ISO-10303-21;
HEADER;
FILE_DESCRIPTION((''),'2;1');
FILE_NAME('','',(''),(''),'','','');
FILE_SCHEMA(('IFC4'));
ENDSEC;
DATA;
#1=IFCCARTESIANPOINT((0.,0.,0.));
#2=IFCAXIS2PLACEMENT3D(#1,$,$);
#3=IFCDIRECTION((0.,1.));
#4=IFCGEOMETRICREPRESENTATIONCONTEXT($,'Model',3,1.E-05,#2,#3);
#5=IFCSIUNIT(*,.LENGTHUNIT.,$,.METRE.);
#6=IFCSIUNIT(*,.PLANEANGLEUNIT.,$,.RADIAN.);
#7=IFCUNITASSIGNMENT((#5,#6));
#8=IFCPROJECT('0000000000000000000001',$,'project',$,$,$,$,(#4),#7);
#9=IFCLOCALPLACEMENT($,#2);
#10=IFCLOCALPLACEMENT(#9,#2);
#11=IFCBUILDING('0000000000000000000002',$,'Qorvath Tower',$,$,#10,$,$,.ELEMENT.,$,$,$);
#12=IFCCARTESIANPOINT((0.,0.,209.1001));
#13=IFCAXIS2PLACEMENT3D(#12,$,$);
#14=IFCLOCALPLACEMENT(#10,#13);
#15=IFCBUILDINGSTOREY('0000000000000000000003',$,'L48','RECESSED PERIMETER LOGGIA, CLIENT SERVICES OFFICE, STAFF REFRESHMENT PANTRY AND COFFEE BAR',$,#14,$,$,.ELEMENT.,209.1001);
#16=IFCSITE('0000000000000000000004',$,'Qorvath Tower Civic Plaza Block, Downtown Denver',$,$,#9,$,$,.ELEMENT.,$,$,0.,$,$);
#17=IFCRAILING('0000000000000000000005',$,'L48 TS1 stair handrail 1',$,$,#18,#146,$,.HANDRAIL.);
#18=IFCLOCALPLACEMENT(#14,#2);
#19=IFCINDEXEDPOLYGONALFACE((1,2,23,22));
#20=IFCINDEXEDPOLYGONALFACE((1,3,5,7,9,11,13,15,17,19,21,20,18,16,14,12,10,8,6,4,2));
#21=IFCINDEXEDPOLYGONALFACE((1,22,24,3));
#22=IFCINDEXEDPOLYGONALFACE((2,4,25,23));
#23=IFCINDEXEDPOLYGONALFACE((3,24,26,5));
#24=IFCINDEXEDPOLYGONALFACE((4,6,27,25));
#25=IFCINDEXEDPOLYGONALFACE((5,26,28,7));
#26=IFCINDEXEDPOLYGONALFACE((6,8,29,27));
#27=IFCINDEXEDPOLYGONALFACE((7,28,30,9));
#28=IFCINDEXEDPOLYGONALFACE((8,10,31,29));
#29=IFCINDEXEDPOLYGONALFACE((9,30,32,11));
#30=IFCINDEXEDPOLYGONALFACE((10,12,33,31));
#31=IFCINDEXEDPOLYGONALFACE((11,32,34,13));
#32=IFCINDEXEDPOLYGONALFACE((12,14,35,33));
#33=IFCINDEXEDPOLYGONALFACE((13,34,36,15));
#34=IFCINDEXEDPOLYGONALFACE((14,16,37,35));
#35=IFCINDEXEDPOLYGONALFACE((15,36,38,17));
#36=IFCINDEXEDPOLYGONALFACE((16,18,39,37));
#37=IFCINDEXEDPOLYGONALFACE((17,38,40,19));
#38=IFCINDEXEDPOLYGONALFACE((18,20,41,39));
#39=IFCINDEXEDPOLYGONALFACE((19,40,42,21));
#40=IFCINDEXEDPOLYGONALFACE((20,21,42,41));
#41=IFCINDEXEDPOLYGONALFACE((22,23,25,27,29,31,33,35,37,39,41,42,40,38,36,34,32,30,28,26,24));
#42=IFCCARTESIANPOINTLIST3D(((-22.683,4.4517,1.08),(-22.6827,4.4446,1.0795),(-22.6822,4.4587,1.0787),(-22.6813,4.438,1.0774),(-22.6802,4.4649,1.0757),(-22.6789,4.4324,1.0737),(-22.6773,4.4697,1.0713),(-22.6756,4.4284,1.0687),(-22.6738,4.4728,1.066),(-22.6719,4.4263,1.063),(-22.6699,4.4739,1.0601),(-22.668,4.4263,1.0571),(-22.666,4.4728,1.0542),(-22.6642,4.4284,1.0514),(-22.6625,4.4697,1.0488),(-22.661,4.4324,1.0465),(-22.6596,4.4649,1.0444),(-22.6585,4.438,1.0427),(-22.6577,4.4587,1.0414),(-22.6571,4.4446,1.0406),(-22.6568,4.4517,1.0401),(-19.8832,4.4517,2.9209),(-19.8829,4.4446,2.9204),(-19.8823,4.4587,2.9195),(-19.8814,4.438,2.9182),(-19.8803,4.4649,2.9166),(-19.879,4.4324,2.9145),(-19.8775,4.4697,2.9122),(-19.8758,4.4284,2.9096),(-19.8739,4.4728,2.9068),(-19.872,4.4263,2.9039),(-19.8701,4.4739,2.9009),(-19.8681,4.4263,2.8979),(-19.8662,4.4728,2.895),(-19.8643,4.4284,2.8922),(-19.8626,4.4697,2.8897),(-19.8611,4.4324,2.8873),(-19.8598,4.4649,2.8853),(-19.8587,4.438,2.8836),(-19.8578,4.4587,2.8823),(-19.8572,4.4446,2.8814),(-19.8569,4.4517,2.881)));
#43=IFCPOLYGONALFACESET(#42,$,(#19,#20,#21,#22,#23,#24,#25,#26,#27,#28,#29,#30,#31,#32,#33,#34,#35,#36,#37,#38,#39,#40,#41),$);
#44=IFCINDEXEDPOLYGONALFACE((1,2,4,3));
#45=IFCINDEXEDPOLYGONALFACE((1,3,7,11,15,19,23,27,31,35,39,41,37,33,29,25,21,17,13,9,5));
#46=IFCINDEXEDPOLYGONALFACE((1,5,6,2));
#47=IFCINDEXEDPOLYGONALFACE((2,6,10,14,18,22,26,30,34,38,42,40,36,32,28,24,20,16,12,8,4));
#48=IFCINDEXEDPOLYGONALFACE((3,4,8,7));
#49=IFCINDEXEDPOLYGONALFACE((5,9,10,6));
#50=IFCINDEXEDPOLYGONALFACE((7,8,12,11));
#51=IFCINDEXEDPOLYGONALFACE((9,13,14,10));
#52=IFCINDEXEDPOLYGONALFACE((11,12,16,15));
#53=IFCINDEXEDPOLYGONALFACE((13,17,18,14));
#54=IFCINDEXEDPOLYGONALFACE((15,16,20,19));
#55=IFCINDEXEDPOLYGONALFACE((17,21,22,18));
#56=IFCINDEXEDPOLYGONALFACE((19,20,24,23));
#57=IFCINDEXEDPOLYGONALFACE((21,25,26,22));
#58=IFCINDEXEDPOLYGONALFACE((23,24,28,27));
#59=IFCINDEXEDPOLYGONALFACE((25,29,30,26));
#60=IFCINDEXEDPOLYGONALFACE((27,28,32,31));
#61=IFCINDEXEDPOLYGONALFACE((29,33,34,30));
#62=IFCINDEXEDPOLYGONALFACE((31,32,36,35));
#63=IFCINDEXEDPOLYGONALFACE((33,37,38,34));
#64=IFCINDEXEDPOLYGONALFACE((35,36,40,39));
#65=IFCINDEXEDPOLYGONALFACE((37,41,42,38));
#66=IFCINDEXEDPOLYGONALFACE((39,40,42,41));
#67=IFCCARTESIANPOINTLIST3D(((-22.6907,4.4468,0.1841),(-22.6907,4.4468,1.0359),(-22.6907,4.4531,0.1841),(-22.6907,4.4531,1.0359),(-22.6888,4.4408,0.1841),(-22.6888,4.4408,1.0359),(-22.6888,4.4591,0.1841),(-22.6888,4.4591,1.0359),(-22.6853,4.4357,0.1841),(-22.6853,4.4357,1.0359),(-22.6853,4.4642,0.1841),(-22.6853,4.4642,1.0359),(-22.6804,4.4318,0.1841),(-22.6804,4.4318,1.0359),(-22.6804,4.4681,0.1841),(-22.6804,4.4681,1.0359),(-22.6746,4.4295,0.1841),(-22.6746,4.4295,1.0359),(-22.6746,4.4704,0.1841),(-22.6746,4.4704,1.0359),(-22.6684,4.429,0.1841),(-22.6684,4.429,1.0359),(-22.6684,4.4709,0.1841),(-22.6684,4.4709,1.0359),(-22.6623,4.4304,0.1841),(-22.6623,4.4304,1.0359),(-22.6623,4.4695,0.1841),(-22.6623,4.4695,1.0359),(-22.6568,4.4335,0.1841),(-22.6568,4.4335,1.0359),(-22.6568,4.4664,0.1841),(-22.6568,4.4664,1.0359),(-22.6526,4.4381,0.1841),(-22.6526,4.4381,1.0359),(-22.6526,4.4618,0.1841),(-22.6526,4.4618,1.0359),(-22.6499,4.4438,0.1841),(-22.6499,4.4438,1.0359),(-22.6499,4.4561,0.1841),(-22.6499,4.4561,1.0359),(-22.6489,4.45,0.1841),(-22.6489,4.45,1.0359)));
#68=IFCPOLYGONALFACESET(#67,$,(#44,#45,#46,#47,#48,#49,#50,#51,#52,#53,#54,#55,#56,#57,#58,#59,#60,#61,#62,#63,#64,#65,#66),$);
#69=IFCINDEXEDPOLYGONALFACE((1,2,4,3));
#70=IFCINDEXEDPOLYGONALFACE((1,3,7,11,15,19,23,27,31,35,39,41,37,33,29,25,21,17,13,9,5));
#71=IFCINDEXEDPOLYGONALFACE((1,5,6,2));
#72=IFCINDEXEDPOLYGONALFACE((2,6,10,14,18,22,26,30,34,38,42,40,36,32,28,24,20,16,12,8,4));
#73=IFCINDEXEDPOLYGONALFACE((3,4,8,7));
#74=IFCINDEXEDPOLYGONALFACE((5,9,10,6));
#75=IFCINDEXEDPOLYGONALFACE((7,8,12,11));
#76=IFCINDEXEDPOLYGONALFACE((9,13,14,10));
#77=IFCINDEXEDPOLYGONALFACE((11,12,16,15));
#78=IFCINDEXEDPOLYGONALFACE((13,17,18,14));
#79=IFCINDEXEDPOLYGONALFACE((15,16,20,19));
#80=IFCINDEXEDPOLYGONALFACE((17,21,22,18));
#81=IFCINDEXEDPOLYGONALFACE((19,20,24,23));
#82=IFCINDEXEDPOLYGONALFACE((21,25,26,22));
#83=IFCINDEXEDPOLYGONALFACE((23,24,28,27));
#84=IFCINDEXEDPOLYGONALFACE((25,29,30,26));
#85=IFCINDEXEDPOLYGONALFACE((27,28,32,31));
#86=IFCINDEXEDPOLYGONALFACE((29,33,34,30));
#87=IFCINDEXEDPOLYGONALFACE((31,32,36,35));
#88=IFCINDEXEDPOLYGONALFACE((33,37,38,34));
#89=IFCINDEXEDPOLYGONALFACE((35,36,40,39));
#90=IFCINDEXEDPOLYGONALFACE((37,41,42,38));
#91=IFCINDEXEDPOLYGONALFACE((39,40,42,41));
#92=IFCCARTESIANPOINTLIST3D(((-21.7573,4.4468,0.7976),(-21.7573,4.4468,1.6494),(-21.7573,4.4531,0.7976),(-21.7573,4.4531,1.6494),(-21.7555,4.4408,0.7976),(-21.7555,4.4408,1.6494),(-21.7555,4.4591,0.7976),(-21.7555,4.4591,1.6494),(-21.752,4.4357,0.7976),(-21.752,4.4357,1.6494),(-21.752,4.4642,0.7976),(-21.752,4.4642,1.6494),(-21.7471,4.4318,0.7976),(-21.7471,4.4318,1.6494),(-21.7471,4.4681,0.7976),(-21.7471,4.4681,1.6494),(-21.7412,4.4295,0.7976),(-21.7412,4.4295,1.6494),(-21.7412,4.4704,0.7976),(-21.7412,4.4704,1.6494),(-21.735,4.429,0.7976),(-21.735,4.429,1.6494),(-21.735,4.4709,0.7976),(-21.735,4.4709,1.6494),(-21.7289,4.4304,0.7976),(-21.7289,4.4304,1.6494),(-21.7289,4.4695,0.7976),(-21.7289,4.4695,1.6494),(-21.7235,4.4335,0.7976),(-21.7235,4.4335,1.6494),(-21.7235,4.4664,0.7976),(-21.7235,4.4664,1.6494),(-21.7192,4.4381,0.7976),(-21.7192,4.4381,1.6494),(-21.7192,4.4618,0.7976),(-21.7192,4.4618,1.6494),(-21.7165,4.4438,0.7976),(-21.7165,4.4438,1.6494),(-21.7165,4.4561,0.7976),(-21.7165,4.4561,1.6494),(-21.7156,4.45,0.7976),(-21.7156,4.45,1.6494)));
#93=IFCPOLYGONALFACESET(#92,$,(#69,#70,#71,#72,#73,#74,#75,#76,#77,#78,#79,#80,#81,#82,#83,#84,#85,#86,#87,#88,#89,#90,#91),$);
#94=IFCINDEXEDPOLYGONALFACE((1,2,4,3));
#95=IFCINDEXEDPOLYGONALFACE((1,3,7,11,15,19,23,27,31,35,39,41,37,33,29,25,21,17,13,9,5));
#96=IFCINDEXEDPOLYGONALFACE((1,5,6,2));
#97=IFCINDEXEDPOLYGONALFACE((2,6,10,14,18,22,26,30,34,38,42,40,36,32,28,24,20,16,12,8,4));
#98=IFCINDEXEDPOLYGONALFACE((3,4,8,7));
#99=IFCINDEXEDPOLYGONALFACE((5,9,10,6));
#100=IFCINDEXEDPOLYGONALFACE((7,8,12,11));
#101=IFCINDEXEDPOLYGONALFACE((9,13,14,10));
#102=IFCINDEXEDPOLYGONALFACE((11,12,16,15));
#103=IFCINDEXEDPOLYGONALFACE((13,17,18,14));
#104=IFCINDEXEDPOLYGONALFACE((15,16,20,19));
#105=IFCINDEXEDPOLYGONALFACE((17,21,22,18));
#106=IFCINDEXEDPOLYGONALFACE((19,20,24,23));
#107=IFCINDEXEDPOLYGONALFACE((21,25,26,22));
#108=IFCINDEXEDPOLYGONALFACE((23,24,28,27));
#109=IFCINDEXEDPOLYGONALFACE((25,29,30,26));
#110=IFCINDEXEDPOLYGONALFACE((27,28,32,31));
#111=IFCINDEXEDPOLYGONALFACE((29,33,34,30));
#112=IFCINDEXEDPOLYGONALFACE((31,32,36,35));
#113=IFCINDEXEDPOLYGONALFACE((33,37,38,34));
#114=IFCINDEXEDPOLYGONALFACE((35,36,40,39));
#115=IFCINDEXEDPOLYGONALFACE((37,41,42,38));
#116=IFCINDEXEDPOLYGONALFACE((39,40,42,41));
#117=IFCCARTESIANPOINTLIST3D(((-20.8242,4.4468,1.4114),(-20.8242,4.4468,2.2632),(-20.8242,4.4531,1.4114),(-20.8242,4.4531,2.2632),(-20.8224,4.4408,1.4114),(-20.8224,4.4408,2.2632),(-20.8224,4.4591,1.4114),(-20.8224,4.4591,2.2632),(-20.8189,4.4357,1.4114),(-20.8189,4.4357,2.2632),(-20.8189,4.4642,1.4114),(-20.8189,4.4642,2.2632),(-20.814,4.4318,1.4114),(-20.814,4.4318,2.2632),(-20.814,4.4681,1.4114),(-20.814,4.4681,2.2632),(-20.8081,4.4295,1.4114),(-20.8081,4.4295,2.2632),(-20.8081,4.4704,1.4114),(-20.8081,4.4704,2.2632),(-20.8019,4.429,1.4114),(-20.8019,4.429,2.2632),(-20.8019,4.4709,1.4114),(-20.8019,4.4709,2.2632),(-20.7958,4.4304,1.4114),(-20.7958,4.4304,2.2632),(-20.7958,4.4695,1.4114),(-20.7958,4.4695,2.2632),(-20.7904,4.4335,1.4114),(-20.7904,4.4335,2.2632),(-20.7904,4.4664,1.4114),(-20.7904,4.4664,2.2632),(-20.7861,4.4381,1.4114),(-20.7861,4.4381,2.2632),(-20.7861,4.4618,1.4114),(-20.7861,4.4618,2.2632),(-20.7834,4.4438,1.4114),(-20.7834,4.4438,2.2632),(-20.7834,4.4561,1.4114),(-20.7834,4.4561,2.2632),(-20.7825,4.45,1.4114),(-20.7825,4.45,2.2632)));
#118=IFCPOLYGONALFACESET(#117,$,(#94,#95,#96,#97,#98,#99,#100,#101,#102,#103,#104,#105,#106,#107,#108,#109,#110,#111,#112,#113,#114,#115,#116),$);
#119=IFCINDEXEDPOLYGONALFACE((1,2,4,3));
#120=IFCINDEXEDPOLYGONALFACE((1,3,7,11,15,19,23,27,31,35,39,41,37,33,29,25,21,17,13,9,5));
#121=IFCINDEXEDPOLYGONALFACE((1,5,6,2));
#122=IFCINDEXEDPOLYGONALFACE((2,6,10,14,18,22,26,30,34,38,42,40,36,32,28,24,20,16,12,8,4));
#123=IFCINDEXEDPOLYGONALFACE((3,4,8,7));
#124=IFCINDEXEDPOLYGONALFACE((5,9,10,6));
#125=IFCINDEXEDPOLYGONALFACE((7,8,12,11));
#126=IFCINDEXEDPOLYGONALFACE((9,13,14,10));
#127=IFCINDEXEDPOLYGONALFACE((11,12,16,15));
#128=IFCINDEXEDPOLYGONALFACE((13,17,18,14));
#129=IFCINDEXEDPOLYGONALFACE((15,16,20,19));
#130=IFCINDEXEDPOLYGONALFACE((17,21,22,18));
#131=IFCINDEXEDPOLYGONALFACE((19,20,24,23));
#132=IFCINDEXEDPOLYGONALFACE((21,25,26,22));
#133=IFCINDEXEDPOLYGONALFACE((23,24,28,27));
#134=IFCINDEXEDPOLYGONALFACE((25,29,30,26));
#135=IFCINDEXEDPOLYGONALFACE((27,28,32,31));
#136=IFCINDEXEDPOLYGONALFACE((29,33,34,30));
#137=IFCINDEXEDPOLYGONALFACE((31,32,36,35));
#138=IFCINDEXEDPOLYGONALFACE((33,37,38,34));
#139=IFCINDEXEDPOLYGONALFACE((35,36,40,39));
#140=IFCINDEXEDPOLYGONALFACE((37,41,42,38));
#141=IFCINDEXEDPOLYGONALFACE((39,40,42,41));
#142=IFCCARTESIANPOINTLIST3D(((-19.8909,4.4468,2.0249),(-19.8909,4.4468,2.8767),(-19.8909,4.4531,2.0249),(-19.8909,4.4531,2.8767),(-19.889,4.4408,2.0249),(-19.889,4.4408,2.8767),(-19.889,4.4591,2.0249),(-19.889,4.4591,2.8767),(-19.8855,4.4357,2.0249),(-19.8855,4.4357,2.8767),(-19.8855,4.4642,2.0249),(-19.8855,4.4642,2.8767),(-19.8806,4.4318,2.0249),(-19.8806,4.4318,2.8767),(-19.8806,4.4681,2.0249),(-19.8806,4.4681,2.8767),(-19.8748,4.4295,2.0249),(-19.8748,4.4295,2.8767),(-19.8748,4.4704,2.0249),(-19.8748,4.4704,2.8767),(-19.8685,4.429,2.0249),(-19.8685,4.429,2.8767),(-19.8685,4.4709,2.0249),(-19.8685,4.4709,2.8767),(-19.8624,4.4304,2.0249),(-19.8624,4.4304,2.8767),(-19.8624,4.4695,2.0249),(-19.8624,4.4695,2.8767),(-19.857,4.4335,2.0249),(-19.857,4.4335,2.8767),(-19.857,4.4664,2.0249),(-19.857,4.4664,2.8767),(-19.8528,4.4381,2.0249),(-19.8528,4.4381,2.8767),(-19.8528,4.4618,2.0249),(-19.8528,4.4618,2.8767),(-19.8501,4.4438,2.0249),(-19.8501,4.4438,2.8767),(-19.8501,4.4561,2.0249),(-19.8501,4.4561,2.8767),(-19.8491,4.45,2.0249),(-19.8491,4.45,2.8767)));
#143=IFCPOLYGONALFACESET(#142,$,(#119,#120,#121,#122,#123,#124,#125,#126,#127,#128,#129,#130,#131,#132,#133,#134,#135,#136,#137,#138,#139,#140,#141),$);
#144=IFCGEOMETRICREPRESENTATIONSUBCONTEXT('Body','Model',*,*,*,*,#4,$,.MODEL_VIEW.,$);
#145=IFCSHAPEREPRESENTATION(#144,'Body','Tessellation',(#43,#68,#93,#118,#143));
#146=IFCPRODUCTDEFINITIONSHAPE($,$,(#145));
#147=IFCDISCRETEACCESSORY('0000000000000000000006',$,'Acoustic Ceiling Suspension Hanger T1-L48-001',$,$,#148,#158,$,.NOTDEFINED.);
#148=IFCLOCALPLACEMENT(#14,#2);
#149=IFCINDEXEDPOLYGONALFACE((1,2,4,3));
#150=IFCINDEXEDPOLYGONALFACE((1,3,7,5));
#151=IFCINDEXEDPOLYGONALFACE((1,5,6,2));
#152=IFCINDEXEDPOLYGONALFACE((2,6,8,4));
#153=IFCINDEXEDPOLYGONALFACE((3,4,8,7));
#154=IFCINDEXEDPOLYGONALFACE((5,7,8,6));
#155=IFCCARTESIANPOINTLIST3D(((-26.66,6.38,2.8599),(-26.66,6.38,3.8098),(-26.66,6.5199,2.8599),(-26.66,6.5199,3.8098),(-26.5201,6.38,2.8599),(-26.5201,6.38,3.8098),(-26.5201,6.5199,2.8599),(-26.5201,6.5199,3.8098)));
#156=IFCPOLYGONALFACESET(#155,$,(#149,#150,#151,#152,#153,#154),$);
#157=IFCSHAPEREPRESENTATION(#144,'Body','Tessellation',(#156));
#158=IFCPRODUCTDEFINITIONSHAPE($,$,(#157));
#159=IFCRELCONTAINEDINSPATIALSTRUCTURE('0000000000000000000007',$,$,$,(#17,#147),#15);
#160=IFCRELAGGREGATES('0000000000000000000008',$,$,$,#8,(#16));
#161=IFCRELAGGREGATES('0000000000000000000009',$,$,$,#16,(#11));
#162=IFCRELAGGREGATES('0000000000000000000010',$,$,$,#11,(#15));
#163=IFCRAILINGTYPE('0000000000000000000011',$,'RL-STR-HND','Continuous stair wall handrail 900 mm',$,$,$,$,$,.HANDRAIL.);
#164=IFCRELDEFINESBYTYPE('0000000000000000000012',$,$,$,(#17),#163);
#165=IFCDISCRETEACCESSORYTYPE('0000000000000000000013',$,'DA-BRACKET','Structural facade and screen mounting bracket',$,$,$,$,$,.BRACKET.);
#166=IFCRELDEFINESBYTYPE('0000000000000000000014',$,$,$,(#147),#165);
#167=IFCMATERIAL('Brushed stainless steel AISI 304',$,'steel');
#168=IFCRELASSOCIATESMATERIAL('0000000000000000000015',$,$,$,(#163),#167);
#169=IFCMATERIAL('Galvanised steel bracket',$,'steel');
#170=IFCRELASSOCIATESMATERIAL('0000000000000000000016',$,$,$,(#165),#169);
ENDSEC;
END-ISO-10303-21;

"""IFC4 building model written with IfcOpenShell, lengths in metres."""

from ifc_helpers import new_model, si_unit, direction, frame, origin, origin_2d, place, context, subcontext, project, spatial, rectangle, circle, extrude, material, type_object, element, save


model = new_model("IFC4")

# Units and contexts
model_context = context("Model", 3, precision=1e-05, world=origin(), true_north=direction((0.0, 1.0)))
body_context = subcontext(model_context, "Body", "Model", "MODEL_VIEW")
ifc_project = project(units=[si_unit("LENGTHUNIT", "METRE"), si_unit("PLANEANGLEUNIT", "RADIAN")], contexts=[model_context])

# Site, building, storey
site_placement = place(None, origin())
site = spatial("IfcSite", under=ifc_project, at=site_placement, Name="Qorvath Tower Civic Plaza Block, Downtown Denver", CompositionType="ELEMENT", RefElevation=0.0)
building_placement = place(site_placement, origin())
building = spatial("IfcBuilding", under=site, at=building_placement, Name="Qorvath Tower", CompositionType="ELEMENT")
storey_placement = place(building_placement, frame((0.0, 0.0, 209.1001)))
storey = spatial("IfcBuildingStorey", under=building, at=storey_placement, Name="L48", Description="RECESSED PERIMETER LOGGIA, CLIENT SERVICES OFFICE, STAFF REFRESHMENT PANTRY AND COFFEE BAR", CompositionType="ELEMENT", Elevation=209.1001)

# Railing
ifc_material_1 = material(Name="Brushed stainless steel AISI 304", Category="steel")
railing_type_1 = type_object("IfcRailingType", Name="RL-STR-HND", Description="Continuous stair wall handrail 900 mm", PredefinedType="HANDRAIL", material=ifc_material_1)
railing_1_placement = place(storey_placement, frame((-22.6699, 4.45, 0.1841)))
element("IfcRailing", 1, at=railing_1_placement, inside=storey, type_object=railing_type_1, Name="L48 TS1 stair handrail 1", PredefinedType="HANDRAIL", context=body_context, shape_type="SweptSolid", body=[
    extrude(circle(Radius=0.0239, at=origin_2d()), frame((0.0, 0.0, 0.876), z_axis=(0.835576, 0.0, 0.549376), x_axis=(0.0, 1.0, 0.0)), (0.0, 0.0, 1.0), 3.3508),
    extrude(circle(Radius=0.021, at=origin_2d()), origin(), (0.0, 0.0, 1.0), 0.8518),
    extrude(circle(Radius=0.021, at=origin_2d()), frame((0.9333, 0.0, 0.6135)), (0.0, 0.0, 1.0), 0.8518),
    extrude(circle(Radius=0.021, at=origin_2d()), frame((1.8665, 0.0, 1.2273)), (0.0, 0.0, 1.0), 0.8518),
    extrude(circle(Radius=0.021, at=origin_2d()), frame((2.7998, 0.0, 1.8408)), (0.0, 0.0, 1.0), 0.8518),
])

# Discrete accessory
ifc_material_2 = material(Name="Galvanised steel bracket", Category="steel")
discrete_accessory_type = type_object("IfcDiscreteAccessoryType", Name="DA-BRACKET", Description="Structural facade and screen mounting bracket", PredefinedType="BRACKET", material=ifc_material_2)
discrete_accessory_placement = place(storey_placement, frame((-26.5901, 6.45, 2.8599), z_axis=(0.0, 0.0, 1.0), x_axis=(1.0, 0.0, 0.0)))
element("IfcDiscreteAccessory", 2, at=discrete_accessory_placement, inside=storey, type_object=discrete_accessory_type, Name="Acoustic Ceiling Suspension Hanger T1-L48-001", PredefinedType="NOTDEFINED", context=body_context, shape_type="SweptSolid", body=[
    extrude(rectangle(XDim=0.1399, YDim=0.1399, at=origin_2d()), origin(), (0.0, 0.0, 1.0), 0.95),
])

save(model, "model.ifc")
